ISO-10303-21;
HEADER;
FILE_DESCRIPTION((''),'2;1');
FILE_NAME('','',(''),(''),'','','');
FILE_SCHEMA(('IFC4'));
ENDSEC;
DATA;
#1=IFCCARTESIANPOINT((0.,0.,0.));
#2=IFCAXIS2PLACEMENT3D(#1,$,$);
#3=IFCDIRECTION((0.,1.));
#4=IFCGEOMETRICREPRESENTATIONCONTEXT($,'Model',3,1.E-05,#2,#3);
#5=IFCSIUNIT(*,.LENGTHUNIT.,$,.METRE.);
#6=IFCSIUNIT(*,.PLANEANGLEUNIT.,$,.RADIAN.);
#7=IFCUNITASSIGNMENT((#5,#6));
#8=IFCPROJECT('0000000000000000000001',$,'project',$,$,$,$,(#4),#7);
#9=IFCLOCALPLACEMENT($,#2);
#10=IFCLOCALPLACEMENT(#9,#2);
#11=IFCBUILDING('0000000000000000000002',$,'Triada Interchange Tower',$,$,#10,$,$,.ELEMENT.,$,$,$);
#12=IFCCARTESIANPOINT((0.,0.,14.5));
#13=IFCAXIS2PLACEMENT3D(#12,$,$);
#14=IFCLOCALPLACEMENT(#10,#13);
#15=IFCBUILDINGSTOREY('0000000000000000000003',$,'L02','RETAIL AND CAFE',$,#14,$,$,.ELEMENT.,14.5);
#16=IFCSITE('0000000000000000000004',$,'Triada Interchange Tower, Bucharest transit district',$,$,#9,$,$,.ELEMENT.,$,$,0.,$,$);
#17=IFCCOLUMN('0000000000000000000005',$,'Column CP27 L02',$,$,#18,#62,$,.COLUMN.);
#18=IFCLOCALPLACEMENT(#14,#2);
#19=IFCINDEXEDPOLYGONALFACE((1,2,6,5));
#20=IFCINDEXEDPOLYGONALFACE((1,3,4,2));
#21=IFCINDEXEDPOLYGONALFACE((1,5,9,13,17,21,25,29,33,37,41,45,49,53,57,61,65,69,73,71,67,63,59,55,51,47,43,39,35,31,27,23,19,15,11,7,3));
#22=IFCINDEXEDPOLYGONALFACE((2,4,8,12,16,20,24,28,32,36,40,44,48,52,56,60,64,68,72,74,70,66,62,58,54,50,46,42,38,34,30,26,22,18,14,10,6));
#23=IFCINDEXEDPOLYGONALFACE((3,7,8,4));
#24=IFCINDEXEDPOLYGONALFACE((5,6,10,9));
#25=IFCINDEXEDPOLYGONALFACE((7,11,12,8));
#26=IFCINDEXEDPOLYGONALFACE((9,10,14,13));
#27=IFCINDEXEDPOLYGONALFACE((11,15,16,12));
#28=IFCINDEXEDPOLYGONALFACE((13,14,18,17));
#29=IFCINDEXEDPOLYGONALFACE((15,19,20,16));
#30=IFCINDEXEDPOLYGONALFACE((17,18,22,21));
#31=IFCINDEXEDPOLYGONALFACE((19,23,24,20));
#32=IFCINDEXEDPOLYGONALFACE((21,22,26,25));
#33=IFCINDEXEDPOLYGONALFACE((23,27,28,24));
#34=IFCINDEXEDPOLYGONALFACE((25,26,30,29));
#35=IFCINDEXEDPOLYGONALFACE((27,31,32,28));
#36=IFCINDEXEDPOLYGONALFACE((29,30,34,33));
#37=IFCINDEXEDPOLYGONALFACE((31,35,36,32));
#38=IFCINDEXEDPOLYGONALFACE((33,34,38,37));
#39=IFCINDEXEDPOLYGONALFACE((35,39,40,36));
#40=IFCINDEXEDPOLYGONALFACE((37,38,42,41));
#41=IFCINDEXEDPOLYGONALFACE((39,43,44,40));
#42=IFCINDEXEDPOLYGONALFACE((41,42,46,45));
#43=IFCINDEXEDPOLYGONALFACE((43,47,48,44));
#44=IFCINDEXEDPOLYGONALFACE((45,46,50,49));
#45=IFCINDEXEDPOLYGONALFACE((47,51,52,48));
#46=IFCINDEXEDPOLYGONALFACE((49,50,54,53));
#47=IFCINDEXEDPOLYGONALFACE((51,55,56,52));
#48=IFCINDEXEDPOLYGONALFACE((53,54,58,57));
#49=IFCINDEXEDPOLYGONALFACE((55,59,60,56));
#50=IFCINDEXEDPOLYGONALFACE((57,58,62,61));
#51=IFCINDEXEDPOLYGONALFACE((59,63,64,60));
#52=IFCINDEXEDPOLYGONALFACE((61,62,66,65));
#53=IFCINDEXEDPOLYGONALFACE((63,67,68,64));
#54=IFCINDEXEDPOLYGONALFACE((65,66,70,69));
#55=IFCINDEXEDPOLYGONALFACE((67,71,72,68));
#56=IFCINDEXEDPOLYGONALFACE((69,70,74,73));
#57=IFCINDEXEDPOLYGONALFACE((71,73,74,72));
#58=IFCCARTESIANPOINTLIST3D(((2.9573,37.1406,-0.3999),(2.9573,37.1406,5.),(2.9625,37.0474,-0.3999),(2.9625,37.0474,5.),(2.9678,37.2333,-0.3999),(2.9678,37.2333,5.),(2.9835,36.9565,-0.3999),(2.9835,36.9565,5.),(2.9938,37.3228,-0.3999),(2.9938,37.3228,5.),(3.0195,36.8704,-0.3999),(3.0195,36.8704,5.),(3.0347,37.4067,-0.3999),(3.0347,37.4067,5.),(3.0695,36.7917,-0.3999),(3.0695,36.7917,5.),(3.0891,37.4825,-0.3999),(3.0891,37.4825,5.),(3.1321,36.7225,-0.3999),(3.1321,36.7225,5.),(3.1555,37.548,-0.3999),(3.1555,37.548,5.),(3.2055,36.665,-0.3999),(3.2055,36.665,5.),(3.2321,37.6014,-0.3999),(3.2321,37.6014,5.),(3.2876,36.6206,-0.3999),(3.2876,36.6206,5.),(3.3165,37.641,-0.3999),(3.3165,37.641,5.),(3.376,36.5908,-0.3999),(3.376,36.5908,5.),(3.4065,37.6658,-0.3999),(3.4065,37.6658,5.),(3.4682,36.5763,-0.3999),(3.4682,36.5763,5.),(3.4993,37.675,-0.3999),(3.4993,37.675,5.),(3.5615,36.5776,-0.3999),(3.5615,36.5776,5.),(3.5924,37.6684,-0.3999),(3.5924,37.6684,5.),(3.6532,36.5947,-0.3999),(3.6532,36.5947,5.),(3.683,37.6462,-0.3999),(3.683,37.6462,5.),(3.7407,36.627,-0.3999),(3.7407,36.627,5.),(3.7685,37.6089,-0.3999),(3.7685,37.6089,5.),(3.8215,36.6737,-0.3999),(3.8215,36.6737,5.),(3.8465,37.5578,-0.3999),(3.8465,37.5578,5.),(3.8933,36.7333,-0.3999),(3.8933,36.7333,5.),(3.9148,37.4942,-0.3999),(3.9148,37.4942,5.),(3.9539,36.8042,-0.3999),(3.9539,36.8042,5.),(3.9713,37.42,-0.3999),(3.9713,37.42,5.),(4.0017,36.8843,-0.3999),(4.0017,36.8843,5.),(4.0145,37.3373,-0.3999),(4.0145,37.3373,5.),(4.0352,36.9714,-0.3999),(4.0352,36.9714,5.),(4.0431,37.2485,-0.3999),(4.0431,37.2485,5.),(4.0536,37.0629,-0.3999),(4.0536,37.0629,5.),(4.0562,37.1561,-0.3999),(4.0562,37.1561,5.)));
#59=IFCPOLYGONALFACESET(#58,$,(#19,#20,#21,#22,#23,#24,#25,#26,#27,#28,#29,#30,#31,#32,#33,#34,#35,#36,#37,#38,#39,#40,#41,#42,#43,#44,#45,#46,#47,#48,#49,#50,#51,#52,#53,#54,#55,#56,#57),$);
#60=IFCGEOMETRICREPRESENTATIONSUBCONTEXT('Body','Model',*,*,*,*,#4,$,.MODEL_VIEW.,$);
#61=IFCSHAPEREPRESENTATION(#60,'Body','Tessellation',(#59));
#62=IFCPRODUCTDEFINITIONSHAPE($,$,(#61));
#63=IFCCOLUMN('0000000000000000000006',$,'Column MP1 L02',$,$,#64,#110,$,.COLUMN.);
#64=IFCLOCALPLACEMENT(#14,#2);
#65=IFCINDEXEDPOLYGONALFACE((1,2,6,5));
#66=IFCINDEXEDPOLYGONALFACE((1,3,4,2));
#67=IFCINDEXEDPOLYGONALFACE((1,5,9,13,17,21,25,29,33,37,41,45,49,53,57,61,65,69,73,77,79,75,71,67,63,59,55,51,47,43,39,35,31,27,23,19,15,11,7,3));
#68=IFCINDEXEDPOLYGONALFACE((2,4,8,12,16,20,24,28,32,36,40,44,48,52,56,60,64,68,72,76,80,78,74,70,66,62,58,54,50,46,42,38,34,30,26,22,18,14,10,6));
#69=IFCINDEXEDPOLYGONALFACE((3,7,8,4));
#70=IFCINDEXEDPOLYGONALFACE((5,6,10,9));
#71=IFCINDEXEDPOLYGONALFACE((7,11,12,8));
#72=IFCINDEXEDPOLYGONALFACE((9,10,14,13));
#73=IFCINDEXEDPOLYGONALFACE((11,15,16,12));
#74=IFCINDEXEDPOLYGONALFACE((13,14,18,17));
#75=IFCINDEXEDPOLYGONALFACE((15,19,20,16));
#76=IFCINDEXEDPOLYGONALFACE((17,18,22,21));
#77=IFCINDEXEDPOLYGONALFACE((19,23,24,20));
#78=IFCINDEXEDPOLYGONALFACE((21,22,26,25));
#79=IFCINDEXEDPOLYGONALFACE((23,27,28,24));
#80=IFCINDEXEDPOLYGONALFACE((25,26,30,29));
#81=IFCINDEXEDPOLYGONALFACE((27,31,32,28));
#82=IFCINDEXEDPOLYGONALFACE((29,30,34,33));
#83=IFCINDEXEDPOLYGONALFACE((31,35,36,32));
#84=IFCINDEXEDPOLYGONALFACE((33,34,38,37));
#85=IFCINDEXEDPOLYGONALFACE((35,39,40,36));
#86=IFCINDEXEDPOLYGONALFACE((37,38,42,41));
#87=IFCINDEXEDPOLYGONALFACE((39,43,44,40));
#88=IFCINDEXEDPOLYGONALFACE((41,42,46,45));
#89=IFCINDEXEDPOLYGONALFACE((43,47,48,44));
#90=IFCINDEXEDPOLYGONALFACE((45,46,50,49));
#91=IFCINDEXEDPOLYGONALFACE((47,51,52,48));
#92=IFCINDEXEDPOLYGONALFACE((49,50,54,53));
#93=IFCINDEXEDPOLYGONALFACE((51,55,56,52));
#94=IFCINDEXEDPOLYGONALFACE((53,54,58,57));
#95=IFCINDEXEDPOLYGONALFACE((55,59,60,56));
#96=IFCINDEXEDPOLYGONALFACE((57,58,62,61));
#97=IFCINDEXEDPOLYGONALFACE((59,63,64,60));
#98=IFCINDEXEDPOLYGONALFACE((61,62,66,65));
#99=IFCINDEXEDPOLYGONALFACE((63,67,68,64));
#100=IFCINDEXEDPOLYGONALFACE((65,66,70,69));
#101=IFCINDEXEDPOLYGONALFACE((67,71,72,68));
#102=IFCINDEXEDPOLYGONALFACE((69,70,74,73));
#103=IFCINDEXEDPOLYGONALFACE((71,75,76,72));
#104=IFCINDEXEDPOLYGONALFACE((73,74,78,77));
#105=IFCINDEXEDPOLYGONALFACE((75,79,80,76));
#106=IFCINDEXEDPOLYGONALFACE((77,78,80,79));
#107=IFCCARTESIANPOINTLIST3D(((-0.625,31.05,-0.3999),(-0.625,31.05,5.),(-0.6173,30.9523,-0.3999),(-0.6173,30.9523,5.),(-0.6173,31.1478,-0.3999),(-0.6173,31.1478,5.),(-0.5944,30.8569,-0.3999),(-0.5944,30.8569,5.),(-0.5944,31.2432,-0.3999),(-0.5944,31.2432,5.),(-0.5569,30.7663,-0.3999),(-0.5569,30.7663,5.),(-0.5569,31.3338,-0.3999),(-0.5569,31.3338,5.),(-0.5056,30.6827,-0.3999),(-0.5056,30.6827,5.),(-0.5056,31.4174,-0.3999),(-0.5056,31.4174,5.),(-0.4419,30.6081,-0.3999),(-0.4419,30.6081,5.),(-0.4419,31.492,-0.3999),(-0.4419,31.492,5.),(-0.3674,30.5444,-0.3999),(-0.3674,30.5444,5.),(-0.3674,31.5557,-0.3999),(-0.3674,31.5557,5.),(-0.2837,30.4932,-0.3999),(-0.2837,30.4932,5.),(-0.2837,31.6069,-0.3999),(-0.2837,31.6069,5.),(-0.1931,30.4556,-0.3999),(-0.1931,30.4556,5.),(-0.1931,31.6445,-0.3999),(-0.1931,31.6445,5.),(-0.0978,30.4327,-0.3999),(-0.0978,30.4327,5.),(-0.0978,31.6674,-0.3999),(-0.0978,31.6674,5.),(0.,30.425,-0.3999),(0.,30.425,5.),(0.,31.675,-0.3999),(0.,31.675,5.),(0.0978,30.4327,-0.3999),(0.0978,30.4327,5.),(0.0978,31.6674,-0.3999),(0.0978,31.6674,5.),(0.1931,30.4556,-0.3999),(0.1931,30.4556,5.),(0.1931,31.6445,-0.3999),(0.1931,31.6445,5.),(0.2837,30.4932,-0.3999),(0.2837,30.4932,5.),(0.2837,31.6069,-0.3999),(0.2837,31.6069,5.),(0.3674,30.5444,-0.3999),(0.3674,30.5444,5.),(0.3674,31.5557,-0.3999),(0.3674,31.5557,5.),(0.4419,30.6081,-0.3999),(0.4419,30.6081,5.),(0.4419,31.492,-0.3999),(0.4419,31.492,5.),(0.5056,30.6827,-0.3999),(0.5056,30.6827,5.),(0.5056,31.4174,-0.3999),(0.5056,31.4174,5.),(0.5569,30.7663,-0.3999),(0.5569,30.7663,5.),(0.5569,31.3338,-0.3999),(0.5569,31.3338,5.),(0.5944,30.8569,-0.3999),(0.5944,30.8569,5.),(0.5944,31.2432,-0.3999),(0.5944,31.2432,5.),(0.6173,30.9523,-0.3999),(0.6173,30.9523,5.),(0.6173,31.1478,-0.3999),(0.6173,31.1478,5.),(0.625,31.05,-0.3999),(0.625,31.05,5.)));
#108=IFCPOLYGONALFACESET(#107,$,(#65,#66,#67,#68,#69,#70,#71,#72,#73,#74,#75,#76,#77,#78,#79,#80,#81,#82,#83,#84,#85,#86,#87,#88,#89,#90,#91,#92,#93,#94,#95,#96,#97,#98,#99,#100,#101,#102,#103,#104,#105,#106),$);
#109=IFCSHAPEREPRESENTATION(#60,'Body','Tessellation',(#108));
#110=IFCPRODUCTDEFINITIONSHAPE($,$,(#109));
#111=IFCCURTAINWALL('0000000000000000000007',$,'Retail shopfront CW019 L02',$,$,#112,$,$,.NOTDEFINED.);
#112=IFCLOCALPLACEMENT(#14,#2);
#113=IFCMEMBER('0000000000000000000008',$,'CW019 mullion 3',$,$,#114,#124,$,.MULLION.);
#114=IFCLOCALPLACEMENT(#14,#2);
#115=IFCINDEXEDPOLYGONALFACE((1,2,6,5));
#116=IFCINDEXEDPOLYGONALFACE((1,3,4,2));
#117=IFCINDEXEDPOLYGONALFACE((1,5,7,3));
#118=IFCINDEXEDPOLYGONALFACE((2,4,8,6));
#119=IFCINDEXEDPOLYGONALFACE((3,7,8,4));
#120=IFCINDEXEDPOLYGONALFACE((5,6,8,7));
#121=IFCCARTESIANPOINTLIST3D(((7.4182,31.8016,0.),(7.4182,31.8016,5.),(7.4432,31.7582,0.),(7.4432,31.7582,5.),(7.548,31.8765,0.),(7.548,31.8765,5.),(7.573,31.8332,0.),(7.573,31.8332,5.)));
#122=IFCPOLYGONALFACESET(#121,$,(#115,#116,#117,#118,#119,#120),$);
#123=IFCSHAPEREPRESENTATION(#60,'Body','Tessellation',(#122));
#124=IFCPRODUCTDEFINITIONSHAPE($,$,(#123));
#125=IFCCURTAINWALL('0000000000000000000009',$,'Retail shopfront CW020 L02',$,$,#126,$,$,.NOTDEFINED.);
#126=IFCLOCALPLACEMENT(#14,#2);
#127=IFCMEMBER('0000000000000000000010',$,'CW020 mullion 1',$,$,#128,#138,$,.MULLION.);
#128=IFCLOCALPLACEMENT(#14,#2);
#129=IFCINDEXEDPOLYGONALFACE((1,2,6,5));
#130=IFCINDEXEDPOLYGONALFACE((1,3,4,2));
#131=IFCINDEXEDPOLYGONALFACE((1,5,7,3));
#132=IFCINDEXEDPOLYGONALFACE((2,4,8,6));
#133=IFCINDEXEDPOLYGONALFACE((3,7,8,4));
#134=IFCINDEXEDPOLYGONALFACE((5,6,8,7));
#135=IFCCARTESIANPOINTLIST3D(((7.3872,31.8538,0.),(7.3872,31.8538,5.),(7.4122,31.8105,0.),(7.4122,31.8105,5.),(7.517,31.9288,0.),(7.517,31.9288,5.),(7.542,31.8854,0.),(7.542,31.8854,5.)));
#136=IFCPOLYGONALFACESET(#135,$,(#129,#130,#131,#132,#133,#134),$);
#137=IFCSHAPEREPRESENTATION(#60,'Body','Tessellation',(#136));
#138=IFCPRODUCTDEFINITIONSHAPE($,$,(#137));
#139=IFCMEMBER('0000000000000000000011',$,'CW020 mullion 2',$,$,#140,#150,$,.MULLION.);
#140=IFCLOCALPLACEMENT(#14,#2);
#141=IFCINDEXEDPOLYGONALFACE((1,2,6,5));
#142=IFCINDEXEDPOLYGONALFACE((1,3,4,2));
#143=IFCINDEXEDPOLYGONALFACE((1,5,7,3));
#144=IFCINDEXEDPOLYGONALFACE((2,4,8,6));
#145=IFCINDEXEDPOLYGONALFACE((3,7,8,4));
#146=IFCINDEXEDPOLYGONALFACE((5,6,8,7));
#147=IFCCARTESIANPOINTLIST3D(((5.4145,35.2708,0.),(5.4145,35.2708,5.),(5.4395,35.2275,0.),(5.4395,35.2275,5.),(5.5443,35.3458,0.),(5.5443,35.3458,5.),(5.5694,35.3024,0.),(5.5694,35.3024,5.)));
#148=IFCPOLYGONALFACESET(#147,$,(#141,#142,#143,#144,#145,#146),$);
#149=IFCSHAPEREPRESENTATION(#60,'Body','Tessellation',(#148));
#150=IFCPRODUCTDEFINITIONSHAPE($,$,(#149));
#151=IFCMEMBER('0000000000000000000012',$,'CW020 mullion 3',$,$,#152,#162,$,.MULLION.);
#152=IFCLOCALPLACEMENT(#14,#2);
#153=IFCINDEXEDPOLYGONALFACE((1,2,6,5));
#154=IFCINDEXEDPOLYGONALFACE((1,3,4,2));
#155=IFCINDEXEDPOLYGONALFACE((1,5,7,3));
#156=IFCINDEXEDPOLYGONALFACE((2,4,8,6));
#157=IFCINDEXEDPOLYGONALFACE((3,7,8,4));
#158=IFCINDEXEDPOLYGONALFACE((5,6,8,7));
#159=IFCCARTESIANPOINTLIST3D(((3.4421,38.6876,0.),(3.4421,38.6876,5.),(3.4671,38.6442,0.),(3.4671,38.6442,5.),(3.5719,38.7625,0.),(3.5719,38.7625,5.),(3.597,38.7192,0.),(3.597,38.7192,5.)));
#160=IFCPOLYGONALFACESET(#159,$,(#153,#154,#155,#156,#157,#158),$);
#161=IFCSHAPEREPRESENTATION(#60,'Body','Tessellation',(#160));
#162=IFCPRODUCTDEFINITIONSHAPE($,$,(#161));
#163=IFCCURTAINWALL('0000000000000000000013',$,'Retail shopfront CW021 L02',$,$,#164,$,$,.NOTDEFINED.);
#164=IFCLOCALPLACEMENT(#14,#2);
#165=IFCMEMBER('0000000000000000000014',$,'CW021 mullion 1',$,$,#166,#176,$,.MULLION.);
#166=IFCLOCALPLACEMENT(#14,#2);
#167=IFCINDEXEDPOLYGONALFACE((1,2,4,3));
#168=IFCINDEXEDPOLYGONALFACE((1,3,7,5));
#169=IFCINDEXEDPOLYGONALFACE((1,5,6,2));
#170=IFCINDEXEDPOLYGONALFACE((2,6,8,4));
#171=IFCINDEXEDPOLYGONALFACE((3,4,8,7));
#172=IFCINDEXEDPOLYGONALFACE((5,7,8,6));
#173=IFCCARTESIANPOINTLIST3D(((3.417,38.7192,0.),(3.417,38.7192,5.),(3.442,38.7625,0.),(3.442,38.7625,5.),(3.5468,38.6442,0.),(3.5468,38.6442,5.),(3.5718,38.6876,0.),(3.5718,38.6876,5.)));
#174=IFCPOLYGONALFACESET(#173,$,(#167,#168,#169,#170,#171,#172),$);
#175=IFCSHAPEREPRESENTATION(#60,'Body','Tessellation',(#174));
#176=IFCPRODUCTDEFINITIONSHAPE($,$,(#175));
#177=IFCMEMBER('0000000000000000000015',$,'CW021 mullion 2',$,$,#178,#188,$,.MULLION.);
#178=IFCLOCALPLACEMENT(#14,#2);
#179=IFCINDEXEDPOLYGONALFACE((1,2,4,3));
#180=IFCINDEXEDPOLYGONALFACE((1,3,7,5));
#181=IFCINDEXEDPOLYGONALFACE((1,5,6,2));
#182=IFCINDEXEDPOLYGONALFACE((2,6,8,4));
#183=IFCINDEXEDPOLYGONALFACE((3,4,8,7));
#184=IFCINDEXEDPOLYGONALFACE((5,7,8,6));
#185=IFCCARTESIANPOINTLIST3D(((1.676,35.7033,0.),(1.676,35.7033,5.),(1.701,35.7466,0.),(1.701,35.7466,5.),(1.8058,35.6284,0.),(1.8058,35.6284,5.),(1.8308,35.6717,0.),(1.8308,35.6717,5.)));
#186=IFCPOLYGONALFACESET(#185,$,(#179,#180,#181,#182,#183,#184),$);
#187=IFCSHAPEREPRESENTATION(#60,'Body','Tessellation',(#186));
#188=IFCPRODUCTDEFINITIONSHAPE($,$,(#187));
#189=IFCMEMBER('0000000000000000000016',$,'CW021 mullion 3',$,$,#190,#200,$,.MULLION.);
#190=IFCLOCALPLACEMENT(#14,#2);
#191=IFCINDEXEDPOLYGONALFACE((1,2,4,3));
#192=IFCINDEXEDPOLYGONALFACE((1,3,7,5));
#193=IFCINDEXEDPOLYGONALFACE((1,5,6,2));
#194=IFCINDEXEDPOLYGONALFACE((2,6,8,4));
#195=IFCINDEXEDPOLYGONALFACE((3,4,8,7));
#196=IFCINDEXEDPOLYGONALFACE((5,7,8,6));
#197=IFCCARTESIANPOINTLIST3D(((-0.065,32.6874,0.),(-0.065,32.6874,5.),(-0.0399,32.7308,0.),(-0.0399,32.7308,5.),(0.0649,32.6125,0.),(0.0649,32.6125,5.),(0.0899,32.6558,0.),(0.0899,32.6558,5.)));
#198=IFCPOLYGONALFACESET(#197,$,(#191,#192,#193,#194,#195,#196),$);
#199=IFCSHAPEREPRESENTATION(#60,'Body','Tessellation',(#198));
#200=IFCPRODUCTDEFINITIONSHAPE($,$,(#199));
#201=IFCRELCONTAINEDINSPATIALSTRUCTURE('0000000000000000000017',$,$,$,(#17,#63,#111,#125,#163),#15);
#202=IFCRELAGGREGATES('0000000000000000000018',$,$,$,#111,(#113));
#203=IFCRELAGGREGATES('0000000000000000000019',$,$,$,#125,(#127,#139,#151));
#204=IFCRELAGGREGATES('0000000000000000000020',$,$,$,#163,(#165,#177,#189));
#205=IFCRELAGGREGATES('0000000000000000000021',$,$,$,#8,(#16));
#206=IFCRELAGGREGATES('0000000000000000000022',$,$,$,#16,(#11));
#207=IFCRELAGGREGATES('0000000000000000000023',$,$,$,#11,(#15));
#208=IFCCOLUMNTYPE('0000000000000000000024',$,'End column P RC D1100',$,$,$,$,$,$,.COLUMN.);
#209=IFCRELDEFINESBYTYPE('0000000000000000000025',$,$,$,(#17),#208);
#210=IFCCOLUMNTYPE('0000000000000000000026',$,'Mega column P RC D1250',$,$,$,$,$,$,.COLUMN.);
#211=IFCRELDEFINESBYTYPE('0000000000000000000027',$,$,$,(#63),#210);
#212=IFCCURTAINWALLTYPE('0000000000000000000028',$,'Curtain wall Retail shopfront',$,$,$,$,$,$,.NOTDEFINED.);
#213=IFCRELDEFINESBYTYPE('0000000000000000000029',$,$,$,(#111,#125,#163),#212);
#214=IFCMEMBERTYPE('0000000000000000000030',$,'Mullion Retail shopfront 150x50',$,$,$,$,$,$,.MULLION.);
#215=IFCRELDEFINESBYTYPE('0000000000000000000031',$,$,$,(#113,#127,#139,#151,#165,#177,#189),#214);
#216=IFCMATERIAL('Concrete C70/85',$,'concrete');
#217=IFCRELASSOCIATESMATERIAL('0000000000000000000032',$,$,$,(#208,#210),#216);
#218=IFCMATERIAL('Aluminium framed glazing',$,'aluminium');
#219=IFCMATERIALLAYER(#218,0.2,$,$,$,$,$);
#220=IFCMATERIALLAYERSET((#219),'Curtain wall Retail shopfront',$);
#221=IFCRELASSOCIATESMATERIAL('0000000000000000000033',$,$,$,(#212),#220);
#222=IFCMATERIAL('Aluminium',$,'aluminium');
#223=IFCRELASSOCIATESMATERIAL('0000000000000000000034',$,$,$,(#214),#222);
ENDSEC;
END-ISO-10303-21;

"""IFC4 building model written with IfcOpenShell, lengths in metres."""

from ifc_helpers import new_model, si_unit, direction, frame, origin, origin_2d, place, context, subcontext, project, spatial, rectangle, circle, extrude, material, layer, layer_set, material_profile, profile_set, type_object, element, aggregate, save


model = new_model("IFC4")

# Units and contexts
model_context = context("Model", 3, precision=1e-05, world=origin(), true_north=direction((0.0, 1.0)))
body_context = subcontext(model_context, "Body", "Model", "MODEL_VIEW")
ifc_project = project(units=[si_unit("LENGTHUNIT", "METRE"), si_unit("PLANEANGLEUNIT", "RADIAN")], contexts=[model_context])

# Site, building, storey
site_placement = place(None, origin())
site = spatial("IfcSite", under=ifc_project, at=site_placement, Name="Triada Interchange Tower, Bucharest transit district", CompositionType="ELEMENT", RefElevation=0.0)
building_placement = place(site_placement, origin())
building = spatial("IfcBuilding", under=site, at=building_placement, Name="Triada Interchange Tower", CompositionType="ELEMENT")
storey_placement = place(building_placement, frame((0.0, 0.0, 14.5)))
storey = spatial("IfcBuildingStorey", under=building, at=storey_placement, Name="L02", Description="RETAIL AND CAFE", CompositionType="ELEMENT", Elevation=14.5)

# Columns
ifc_material_1 = material(Name="Concrete C70/85", Category="concrete")
ifc_material_profile_1 = material_profile(ifc_material_1, circle(Radius=0.55, at=origin_2d()), Name="RC D1100")
ifc_profile_set_1 = profile_set([ifc_material_profile_1], Name="Concrete C70/85")
column_type_1 = type_object("IfcColumnType", Name="End column P RC D1100", PredefinedType="COLUMN", material=ifc_profile_set_1)
column_1_placement = place(storey_placement, frame((3.5071, 37.125, -0.3999), z_axis=(0.0, 0.0, 1.0), x_axis=(-0.5, 0.866025, 0.0)))
element("IfcColumn", 1, at=column_1_placement, inside=storey, type_object=column_type_1, Name="Column CP27 L02", PredefinedType="COLUMN", context=body_context, shape_type="SweptSolid", body=[
    extrude(circle(Radius=0.55, at=origin_2d()), origin(), (0.0, 0.0, 1.0), 5.3999),
])
ifc_material_profile_2 = material_profile(ifc_material_1, circle(Radius=0.625, at=origin_2d()), Name="RC D1250")
ifc_profile_set_2 = profile_set([ifc_material_profile_2], Name="Concrete C70/85")
column_type_2 = type_object("IfcColumnType", Name="Mega column P RC D1250", PredefinedType="COLUMN", material=ifc_profile_set_2)
column_2_placement = place(storey_placement, frame((0.0, 31.05, -0.3999), z_axis=(0.0, 0.0, 1.0), x_axis=(1.0, 0.0, 0.0)))
element("IfcColumn", 2, at=column_2_placement, inside=storey, type_object=column_type_2, Name="Column MP1 L02", PredefinedType="COLUMN", context=body_context, shape_type="SweptSolid", body=[
    extrude(circle(Radius=0.625, at=origin_2d()), origin(), (0.0, 0.0, 1.0), 5.3999),
])

# Curtain wall, member
ifc_material_2 = material(Name="Aluminium framed glazing", Category="aluminium")
ifc_layer_1 = layer(ifc_material_2, 0.2)
ifc_layer_set_1 = layer_set([ifc_layer_1], Name="Curtain wall Retail shopfront")
curtain_wall_type = type_object("IfcCurtainWallType", Name="Curtain wall Retail shopfront", PredefinedType="NOTDEFINED", material=ifc_layer_set_1)
curtain_wall_1_placement = place(storey_placement, origin())
curtain_wall_1 = element("IfcCurtainWall", 3, at=curtain_wall_1_placement, inside=storey, type_object=curtain_wall_type, Name="Retail shopfront CW019 L02", PredefinedType="NOTDEFINED")
ifc_material_3 = material(Name="Aluminium", Category="aluminium")
ifc_material_profile_3 = material_profile(ifc_material_3, rectangle(XDim=0.1499, YDim=0.05, at=origin_2d()), Name="Aluminium mullion")
ifc_profile_set_3 = profile_set([ifc_material_profile_3], Name="Aluminium")
member_type_1 = type_object("IfcMemberType", Name="Mullion Retail shopfront 150x50", PredefinedType="MULLION", material=ifc_profile_set_3)
member_1_placement = place(storey_placement, frame((7.4956, 31.8174, 0.0), z_axis=(0.0, 0.0, 1.0), x_axis=(-0.866055, -0.499948, 0.0)))
member_1 = element("IfcMember", 4, at=member_1_placement, type_object=member_type_1, Name="CW019 mullion 3", PredefinedType="MULLION", context=body_context, shape_type="SweptSolid", body=[
    extrude(rectangle(XDim=0.1499, YDim=0.05, at=origin_2d()), origin(), (0.0, 0.0, 1.0), 5.0),
])
aggregate(curtain_wall_1, [member_1])

# Curtain walls, members
curtain_wall_2_placement = place(storey_placement, origin())
curtain_wall_2 = element("IfcCurtainWall", 5, at=curtain_wall_2_placement, inside=storey, type_object=curtain_wall_type, Name="Retail shopfront CW020 L02", PredefinedType="NOTDEFINED")
member_2_placement = place(storey_placement, frame((7.4646, 31.8696, 0.0), z_axis=(0.0, 0.0, 1.0), x_axis=(-0.866049, -0.499959, 0.0)))
member_2 = element("IfcMember", 6, at=member_2_placement, type_object=member_type_1, Name="CW020 mullion 1", PredefinedType="MULLION", context=body_context, shape_type="SweptSolid", body=[
    extrude(rectangle(XDim=0.1499, YDim=0.05, at=origin_2d()), origin(), (0.0, 0.0, 1.0), 5.0),
])
member_3_placement = place(storey_placement, frame((5.4919, 35.2866, 0.0), z_axis=(0.0, 0.0, 1.0), x_axis=(-0.866049, -0.499959, 0.0)))
member_3 = element("IfcMember", 7, at=member_3_placement, type_object=member_type_1, Name="CW020 mullion 2", PredefinedType="MULLION", context=body_context, shape_type="SweptSolid", body=[
    extrude(rectangle(XDim=0.1499, YDim=0.05, at=origin_2d()), origin(), (0.0, 0.0, 1.0), 5.0),
])
member_4_placement = place(storey_placement, frame((3.5195, 38.7034, 0.0), z_axis=(0.0, 0.0, 1.0), x_axis=(-0.866049, -0.499959, 0.0)))
member_4 = element("IfcMember", 8, at=member_4_placement, type_object=member_type_1, Name="CW020 mullion 3", PredefinedType="MULLION", context=body_context, shape_type="SweptSolid", body=[
    extrude(rectangle(XDim=0.1499, YDim=0.05, at=origin_2d()), origin(), (0.0, 0.0, 1.0), 5.0),
])
curtain_wall_3_placement = place(storey_placement, origin())
curtain_wall_3 = element("IfcCurtainWall", 9, at=curtain_wall_3_placement, inside=storey, type_object=curtain_wall_type, Name="Retail shopfront CW021 L02", PredefinedType="NOTDEFINED")
member_5_placement = place(storey_placement, frame((3.4944, 38.7034, 0.0), z_axis=(0.0, 0.0, 1.0), x_axis=(0.86605, -0.499957, 0.0)))
member_5 = element("IfcMember", 10, at=member_5_placement, type_object=member_type_1, Name="CW021 mullion 1", PredefinedType="MULLION", context=body_context, shape_type="SweptSolid", body=[
    extrude(rectangle(XDim=0.1499, YDim=0.05, at=origin_2d()), origin(), (0.0, 0.0, 1.0), 5.0),
])
member_6_placement = place(storey_placement, frame((1.7534, 35.6875, 0.0), z_axis=(0.0, 0.0, 1.0), x_axis=(0.86605, -0.499957, 0.0)))
member_6 = element("IfcMember", 11, at=member_6_placement, type_object=member_type_1, Name="CW021 mullion 2", PredefinedType="MULLION", context=body_context, shape_type="SweptSolid", body=[
    extrude(rectangle(XDim=0.1499, YDim=0.05, at=origin_2d()), origin(), (0.0, 0.0, 1.0), 5.0),
])
member_7_placement = place(storey_placement, frame((0.0125, 32.6716, 0.0), z_axis=(0.0, 0.0, 1.0), x_axis=(0.86605, -0.499957, 0.0)))
member_7 = element("IfcMember", 12, at=member_7_placement, type_object=member_type_1, Name="CW021 mullion 3", PredefinedType="MULLION", context=body_context, shape_type="SweptSolid", body=[
    extrude(rectangle(XDim=0.1499, YDim=0.05, at=origin_2d()), origin(), (0.0, 0.0, 1.0), 5.0),
])

aggregate(curtain_wall_2, [member_2, member_3, member_4])
aggregate(curtain_wall_3, [member_5, member_6, member_7])

save(model, "model.ifc")
